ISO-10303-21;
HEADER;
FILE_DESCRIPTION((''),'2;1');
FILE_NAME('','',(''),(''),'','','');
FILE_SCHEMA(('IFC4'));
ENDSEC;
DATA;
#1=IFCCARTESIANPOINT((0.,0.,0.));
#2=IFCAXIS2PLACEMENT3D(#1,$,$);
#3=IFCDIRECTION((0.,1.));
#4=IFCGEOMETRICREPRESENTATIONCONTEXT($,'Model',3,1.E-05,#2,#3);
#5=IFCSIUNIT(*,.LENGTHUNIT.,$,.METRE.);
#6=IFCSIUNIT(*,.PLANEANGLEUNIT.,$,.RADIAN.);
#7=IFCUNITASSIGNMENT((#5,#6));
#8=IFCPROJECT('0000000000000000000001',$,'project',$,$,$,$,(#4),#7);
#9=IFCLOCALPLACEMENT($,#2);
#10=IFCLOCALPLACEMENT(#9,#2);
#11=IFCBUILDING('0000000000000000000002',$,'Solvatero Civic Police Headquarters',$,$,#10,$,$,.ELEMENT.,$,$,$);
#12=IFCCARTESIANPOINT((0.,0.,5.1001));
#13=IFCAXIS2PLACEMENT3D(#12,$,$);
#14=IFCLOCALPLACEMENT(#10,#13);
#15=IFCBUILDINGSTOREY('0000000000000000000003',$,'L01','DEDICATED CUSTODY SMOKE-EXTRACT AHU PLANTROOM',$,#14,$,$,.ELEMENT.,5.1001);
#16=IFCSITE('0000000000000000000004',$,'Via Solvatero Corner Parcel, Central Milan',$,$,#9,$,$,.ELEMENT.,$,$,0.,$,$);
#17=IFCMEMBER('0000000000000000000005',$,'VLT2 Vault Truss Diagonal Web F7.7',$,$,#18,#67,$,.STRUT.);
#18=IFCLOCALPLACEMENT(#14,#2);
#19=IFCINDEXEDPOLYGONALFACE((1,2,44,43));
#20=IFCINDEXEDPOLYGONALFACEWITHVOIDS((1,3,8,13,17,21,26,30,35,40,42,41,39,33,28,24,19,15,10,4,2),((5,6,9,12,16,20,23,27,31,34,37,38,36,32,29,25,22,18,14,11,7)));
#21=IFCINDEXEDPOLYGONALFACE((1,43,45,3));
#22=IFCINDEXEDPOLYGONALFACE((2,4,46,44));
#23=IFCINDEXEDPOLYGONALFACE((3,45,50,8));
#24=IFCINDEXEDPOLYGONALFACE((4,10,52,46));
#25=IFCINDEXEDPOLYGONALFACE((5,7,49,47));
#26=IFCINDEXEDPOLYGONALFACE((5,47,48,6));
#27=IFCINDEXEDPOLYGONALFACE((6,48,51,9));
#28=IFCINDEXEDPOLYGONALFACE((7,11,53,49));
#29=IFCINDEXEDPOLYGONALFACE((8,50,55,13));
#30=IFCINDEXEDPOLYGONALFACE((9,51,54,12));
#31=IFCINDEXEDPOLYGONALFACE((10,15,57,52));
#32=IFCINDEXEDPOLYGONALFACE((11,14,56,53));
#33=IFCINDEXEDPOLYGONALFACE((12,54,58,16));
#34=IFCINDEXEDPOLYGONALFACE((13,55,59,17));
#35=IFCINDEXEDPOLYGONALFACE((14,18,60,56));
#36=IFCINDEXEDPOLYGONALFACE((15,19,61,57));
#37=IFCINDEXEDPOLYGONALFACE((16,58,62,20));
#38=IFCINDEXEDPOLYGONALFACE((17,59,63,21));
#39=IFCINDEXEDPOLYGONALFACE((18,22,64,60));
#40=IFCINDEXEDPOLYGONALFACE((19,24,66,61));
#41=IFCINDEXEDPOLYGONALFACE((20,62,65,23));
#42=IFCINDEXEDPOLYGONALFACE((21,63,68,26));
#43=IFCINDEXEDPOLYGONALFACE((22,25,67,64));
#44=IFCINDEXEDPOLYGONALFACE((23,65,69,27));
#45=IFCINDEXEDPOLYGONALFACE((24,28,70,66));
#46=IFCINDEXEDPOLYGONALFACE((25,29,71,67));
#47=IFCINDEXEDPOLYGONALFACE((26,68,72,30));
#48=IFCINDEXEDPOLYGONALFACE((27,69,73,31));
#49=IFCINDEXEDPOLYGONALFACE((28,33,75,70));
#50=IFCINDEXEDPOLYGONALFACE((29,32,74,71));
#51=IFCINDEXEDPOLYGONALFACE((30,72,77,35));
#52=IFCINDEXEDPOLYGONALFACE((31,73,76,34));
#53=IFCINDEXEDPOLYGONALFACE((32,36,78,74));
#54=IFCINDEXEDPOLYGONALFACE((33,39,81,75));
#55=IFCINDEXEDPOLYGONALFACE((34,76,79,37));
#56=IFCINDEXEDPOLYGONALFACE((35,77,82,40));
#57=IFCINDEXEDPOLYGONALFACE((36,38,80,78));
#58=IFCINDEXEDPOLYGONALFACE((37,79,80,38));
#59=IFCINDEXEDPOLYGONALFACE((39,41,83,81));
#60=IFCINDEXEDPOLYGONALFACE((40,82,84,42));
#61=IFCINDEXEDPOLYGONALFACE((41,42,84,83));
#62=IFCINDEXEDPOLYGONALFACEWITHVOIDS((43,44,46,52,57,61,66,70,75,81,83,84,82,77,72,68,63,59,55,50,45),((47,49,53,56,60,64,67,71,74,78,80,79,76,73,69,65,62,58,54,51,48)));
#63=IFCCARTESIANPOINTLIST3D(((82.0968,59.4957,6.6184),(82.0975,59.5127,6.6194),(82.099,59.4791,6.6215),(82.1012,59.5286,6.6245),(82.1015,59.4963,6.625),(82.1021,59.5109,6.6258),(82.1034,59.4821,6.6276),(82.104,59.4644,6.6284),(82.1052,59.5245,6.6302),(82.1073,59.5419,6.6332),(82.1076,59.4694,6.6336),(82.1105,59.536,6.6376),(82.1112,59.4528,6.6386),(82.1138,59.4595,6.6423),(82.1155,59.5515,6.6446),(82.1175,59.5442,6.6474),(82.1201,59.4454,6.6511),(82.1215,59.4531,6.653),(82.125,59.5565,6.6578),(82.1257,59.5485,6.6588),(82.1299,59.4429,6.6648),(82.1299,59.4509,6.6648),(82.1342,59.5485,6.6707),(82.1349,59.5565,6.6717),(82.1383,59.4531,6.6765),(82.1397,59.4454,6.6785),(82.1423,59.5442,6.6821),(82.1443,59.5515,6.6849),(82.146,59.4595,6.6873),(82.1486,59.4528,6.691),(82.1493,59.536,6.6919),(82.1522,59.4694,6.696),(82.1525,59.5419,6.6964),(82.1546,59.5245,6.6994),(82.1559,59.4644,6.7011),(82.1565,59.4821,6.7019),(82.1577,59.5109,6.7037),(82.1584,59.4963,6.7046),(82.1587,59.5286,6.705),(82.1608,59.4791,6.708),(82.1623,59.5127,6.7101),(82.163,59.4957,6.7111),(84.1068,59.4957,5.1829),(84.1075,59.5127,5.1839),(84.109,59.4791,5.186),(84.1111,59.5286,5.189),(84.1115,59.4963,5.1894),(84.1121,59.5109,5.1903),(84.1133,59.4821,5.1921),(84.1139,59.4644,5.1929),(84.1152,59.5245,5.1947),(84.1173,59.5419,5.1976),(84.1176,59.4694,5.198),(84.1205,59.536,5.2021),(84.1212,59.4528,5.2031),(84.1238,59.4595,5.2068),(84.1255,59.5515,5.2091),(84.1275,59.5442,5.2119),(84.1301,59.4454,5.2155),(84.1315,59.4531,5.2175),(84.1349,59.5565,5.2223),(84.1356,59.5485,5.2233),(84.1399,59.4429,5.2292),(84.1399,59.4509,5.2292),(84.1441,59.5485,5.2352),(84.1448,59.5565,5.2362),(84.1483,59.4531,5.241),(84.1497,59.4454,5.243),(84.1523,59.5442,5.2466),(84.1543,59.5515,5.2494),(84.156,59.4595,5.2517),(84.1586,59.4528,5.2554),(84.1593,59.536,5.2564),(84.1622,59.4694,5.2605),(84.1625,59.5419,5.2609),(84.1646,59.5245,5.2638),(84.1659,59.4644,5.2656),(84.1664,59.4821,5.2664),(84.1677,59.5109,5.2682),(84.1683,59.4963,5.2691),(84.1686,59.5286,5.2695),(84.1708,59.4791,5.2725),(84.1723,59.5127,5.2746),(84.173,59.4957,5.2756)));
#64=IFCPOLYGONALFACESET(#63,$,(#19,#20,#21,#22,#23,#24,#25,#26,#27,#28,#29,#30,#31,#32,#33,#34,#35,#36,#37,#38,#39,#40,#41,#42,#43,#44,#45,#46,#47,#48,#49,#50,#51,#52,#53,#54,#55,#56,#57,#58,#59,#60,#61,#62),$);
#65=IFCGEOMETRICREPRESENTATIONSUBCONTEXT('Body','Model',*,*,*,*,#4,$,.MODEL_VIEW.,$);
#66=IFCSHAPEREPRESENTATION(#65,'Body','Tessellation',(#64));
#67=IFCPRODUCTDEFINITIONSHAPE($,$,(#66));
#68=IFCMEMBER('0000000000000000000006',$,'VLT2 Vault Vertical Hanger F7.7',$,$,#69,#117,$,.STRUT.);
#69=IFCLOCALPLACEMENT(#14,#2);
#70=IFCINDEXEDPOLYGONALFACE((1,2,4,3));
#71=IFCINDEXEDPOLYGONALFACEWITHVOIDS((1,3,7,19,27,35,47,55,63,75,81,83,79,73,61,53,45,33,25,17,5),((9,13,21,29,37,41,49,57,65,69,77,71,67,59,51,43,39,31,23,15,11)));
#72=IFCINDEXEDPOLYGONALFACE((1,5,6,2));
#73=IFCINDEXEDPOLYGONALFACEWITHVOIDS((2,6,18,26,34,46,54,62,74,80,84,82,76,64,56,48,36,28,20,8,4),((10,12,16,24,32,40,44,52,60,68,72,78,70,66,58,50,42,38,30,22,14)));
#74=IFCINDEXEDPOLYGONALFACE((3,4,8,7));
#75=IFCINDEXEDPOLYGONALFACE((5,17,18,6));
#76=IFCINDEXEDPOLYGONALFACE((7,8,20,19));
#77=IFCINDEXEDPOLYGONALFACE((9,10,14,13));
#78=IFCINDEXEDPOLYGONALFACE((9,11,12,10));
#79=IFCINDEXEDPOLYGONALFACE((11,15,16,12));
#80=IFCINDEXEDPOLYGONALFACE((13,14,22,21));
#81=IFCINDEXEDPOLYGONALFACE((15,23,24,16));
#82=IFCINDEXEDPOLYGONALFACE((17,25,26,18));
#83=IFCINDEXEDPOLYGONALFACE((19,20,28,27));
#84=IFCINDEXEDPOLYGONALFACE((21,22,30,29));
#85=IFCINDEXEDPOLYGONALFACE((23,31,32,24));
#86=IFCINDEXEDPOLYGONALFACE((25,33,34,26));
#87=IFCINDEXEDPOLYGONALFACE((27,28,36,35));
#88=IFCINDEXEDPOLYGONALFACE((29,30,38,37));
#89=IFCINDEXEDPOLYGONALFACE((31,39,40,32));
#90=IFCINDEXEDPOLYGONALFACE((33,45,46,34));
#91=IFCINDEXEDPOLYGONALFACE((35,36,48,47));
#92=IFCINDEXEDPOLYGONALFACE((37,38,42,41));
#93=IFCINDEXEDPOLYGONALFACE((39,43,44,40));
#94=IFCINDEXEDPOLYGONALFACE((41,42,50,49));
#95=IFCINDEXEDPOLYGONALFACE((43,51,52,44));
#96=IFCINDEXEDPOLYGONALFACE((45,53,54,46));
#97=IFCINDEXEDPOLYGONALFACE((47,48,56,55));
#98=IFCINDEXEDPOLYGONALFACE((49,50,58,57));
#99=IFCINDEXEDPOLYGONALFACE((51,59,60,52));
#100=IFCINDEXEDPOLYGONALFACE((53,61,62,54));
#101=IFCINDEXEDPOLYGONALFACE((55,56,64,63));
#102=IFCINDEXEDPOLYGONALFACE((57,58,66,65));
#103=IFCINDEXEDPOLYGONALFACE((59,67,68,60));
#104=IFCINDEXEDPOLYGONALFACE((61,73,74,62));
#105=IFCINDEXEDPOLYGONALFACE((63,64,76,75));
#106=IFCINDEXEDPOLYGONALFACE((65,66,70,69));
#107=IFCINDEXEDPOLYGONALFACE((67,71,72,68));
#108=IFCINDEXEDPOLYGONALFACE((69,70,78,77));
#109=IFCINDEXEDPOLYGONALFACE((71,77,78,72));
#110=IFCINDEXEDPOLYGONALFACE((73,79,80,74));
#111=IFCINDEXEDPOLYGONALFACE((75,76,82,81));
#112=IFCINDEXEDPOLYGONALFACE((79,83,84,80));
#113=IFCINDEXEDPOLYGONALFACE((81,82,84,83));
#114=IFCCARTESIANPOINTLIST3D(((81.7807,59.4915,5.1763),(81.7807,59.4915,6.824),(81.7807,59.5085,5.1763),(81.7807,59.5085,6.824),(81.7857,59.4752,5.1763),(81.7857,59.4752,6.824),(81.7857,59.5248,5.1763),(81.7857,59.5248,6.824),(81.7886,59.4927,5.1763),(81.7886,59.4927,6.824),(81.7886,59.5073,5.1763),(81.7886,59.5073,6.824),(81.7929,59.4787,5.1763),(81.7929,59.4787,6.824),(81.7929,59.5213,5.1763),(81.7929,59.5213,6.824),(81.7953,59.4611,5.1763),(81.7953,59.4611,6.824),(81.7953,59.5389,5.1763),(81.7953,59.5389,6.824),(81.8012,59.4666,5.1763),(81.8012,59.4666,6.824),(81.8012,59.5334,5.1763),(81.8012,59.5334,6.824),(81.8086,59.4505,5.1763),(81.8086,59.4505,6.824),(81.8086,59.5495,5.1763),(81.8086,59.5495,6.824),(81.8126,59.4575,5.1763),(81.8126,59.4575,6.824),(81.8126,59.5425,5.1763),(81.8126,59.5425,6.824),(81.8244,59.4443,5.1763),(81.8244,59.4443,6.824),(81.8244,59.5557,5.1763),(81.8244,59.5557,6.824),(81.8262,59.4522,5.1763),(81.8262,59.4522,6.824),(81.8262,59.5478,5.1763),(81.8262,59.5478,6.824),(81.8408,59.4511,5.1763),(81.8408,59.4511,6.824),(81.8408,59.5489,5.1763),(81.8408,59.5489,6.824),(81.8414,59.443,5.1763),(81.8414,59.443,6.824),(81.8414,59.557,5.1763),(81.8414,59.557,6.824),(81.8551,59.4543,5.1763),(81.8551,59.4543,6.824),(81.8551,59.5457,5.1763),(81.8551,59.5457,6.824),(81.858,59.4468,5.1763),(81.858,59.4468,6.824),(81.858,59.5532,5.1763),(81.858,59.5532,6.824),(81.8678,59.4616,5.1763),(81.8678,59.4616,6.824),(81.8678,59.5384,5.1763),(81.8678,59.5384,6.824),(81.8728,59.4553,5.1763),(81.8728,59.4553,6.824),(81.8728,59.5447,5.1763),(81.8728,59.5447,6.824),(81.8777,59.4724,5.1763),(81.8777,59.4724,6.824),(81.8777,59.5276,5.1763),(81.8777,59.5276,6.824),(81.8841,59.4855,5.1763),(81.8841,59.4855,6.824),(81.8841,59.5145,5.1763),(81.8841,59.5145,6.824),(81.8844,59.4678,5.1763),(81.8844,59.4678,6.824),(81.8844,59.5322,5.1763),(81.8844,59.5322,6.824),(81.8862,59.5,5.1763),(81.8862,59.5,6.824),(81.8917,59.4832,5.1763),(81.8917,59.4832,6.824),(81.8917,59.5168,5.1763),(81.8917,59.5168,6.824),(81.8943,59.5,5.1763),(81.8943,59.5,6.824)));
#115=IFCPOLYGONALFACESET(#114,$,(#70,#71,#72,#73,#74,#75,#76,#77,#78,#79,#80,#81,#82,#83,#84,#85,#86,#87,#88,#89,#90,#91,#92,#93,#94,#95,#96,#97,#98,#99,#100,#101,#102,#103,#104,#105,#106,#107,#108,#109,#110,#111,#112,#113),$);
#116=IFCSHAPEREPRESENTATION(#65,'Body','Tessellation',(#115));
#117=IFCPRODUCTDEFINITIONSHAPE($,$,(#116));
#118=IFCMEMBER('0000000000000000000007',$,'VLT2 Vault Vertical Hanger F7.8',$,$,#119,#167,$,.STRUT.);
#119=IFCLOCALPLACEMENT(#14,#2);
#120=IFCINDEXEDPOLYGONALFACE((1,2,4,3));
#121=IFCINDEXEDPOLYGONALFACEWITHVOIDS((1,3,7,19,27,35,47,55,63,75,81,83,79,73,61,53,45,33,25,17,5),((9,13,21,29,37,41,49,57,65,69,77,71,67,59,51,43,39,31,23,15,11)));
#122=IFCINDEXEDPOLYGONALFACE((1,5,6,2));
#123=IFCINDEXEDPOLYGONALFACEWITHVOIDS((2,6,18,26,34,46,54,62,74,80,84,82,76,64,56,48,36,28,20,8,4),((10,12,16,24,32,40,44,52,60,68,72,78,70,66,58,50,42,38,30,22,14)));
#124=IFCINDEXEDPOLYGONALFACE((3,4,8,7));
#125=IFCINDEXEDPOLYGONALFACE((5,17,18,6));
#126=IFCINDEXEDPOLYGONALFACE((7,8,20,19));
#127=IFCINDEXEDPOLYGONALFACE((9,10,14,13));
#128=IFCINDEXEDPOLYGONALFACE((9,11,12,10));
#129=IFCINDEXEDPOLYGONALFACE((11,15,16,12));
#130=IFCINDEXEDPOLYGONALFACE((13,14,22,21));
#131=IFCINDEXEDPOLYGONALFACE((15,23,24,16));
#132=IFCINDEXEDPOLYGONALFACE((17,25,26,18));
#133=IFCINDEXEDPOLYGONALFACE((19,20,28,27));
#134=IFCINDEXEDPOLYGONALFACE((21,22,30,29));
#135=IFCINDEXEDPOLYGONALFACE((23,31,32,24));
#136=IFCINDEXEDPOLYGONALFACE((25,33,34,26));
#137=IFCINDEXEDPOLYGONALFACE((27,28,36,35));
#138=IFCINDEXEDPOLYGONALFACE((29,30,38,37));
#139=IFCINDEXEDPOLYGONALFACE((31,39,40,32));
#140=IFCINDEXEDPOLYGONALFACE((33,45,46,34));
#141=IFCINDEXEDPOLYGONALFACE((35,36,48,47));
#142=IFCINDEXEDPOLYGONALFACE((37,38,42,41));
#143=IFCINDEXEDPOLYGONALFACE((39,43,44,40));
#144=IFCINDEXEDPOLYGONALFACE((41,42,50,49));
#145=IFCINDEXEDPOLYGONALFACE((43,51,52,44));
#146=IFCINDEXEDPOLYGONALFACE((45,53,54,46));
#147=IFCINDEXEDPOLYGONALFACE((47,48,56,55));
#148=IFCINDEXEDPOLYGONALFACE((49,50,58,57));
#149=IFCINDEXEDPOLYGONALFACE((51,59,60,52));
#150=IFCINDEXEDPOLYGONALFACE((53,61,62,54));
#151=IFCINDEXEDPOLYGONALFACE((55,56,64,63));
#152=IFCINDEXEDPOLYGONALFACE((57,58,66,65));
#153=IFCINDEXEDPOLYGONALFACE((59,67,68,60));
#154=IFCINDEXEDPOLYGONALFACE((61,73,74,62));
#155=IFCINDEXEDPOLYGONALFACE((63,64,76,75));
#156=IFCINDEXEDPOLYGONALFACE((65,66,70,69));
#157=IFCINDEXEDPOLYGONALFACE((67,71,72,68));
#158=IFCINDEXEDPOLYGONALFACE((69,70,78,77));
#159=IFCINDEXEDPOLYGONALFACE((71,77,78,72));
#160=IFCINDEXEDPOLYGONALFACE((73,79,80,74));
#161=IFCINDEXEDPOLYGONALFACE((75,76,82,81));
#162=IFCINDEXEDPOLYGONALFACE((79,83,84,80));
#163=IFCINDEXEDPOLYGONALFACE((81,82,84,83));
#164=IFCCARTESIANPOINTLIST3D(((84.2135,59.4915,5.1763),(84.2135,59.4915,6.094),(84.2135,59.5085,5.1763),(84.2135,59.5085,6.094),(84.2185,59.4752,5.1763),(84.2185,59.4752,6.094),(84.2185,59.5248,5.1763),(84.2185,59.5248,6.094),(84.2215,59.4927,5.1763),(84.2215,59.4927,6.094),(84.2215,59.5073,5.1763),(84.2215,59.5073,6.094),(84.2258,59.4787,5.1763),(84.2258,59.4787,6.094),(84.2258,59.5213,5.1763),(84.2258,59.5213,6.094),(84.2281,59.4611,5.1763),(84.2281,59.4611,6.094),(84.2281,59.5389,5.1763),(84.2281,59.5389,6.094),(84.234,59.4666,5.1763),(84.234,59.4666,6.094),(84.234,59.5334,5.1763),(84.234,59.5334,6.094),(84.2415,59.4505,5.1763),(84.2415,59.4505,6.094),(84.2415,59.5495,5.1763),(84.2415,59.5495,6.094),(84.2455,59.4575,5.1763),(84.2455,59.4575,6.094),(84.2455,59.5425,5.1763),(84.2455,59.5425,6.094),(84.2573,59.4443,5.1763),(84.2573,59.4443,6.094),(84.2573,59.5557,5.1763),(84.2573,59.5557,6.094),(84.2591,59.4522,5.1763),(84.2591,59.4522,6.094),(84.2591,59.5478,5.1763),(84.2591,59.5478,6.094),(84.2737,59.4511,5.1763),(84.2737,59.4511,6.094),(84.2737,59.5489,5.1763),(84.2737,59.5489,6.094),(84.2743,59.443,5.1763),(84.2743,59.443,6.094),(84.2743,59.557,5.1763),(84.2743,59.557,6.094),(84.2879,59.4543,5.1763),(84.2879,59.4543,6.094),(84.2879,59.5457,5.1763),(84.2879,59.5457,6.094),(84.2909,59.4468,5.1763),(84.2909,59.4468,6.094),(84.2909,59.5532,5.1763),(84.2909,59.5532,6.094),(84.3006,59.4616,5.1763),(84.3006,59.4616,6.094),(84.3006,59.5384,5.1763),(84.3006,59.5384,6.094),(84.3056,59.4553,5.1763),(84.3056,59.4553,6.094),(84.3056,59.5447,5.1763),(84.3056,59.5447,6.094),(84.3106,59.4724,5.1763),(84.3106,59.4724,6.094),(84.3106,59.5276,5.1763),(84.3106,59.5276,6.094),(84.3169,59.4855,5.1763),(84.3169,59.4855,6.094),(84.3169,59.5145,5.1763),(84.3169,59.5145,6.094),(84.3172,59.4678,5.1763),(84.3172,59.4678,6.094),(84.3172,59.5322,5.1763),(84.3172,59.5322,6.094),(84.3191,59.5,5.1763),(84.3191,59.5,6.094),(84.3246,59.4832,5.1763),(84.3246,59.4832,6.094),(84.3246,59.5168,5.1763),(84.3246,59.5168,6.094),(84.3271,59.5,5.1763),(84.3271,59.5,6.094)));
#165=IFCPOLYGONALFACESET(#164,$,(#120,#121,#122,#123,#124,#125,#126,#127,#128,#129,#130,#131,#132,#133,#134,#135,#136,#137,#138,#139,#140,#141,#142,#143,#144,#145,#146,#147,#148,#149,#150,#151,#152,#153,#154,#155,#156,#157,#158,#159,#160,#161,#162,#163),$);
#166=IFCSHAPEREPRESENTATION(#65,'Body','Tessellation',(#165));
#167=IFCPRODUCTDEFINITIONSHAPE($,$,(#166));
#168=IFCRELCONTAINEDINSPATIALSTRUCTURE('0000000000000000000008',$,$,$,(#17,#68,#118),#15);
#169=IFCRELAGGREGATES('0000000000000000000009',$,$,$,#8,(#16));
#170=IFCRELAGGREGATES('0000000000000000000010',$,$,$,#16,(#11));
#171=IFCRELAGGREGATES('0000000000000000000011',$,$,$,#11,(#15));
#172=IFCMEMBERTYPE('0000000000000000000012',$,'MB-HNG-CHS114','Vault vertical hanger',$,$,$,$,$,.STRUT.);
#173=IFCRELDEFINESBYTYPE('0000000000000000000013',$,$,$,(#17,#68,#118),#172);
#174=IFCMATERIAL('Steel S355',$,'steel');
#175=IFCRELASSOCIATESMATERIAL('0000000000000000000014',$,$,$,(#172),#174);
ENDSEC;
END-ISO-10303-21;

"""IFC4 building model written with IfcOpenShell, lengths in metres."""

from ifc_helpers import new_model, si_unit, direction, frame, origin, origin_2d, place, context, subcontext, project, spatial, hollow_circle, extrude, material, material_profile, profile_set, type_object, element, save


model = new_model("IFC4")

# Units and contexts
model_context = context("Model", 3, precision=1e-05, world=origin(), true_north=direction((0.0, 1.0)))
body_context = subcontext(model_context, "Body", "Model", "MODEL_VIEW")
ifc_project = project(units=[si_unit("LENGTHUNIT", "METRE"), si_unit("PLANEANGLEUNIT", "RADIAN")], contexts=[model_context])

# Site, building, storey
site_placement = place(None, origin())
site = spatial("IfcSite", under=ifc_project, at=site_placement, Name="Via Solvatero Corner Parcel, Central Milan", CompositionType="ELEMENT", RefElevation=0.0)
building_placement = place(site_placement, origin())
building = spatial("IfcBuilding", under=site, at=building_placement, Name="Solvatero Civic Police Headquarters", CompositionType="ELEMENT")
storey_placement = place(building_placement, frame((0.0, 0.0, 5.1001)))
storey = spatial("IfcBuildingStorey", under=building, at=storey_placement, Name="L01", Description="DEDICATED CUSTODY SMOKE-EXTRACT AHU PLANTROOM", CompositionType="ELEMENT", Elevation=5.1001)

# Shared definitions
ifc_material_1 = material(Name="Steel S355", Category="steel")

# Members
ifc_material_profile_1 = material_profile(ifc_material_1, hollow_circle(Radius=0.0571, WallThickness=0.0081, at=origin_2d()), Name="CHS 114.3x8.0")
ifc_profile_set_1 = profile_set([ifc_material_profile_1], Name="Steel S355")
member_type_1 = type_object("IfcMemberType", Name="MB-HNG-CHS114", Description="Vault vertical hanger", PredefinedType="STRUT", material=ifc_profile_set_1)
member_1_placement = place(storey_placement, frame((84.1399, 59.5, 5.2292), z_axis=(-0.813767, 0.0, 0.581191), x_axis=(0.0, -1.0, 0.0)))
element("IfcMember", 1, at=member_1_placement, inside=storey, type_object=member_type_1, Name="VLT2 Vault Truss Diagonal Web F7.7", PredefinedType="STRUT", context=body_context, shape_type="SweptSolid", body=[
    extrude(hollow_circle(Radius=0.0571, WallThickness=0.0081, at=origin_2d()), origin(), (0.0, 0.0, 1.0), 2.47),
])
member_2_placement = place(storey_placement, frame((81.8372, 59.5, 5.1763), z_axis=(0.0, 0.0, 1.0), x_axis=(1.0, 0.0, 0.0)))
element("IfcMember", 2, at=member_2_placement, inside=storey, type_object=member_type_1, Name="VLT2 Vault Vertical Hanger F7.7", PredefinedType="STRUT", context=body_context, shape_type="SweptSolid", body=[
    extrude(hollow_circle(Radius=0.0571, WallThickness=0.0081, at=origin_2d()), origin(), (0.0, 0.0, 1.0), 1.6477),
])
member_3_placement = place(storey_placement, frame((84.27, 59.5, 5.1763), z_axis=(0.0, 0.0, 1.0), x_axis=(1.0, 0.0, 0.0)))
element("IfcMember", 3, at=member_3_placement, inside=storey, type_object=member_type_1, Name="VLT2 Vault Vertical Hanger F7.8", PredefinedType="STRUT", context=body_context, shape_type="SweptSolid", body=[
    extrude(hollow_circle(Radius=0.0571, WallThickness=0.0081, at=origin_2d()), origin(), (0.0, 0.0, 1.0), 0.9177),
])

save(model, "model.ifc")
